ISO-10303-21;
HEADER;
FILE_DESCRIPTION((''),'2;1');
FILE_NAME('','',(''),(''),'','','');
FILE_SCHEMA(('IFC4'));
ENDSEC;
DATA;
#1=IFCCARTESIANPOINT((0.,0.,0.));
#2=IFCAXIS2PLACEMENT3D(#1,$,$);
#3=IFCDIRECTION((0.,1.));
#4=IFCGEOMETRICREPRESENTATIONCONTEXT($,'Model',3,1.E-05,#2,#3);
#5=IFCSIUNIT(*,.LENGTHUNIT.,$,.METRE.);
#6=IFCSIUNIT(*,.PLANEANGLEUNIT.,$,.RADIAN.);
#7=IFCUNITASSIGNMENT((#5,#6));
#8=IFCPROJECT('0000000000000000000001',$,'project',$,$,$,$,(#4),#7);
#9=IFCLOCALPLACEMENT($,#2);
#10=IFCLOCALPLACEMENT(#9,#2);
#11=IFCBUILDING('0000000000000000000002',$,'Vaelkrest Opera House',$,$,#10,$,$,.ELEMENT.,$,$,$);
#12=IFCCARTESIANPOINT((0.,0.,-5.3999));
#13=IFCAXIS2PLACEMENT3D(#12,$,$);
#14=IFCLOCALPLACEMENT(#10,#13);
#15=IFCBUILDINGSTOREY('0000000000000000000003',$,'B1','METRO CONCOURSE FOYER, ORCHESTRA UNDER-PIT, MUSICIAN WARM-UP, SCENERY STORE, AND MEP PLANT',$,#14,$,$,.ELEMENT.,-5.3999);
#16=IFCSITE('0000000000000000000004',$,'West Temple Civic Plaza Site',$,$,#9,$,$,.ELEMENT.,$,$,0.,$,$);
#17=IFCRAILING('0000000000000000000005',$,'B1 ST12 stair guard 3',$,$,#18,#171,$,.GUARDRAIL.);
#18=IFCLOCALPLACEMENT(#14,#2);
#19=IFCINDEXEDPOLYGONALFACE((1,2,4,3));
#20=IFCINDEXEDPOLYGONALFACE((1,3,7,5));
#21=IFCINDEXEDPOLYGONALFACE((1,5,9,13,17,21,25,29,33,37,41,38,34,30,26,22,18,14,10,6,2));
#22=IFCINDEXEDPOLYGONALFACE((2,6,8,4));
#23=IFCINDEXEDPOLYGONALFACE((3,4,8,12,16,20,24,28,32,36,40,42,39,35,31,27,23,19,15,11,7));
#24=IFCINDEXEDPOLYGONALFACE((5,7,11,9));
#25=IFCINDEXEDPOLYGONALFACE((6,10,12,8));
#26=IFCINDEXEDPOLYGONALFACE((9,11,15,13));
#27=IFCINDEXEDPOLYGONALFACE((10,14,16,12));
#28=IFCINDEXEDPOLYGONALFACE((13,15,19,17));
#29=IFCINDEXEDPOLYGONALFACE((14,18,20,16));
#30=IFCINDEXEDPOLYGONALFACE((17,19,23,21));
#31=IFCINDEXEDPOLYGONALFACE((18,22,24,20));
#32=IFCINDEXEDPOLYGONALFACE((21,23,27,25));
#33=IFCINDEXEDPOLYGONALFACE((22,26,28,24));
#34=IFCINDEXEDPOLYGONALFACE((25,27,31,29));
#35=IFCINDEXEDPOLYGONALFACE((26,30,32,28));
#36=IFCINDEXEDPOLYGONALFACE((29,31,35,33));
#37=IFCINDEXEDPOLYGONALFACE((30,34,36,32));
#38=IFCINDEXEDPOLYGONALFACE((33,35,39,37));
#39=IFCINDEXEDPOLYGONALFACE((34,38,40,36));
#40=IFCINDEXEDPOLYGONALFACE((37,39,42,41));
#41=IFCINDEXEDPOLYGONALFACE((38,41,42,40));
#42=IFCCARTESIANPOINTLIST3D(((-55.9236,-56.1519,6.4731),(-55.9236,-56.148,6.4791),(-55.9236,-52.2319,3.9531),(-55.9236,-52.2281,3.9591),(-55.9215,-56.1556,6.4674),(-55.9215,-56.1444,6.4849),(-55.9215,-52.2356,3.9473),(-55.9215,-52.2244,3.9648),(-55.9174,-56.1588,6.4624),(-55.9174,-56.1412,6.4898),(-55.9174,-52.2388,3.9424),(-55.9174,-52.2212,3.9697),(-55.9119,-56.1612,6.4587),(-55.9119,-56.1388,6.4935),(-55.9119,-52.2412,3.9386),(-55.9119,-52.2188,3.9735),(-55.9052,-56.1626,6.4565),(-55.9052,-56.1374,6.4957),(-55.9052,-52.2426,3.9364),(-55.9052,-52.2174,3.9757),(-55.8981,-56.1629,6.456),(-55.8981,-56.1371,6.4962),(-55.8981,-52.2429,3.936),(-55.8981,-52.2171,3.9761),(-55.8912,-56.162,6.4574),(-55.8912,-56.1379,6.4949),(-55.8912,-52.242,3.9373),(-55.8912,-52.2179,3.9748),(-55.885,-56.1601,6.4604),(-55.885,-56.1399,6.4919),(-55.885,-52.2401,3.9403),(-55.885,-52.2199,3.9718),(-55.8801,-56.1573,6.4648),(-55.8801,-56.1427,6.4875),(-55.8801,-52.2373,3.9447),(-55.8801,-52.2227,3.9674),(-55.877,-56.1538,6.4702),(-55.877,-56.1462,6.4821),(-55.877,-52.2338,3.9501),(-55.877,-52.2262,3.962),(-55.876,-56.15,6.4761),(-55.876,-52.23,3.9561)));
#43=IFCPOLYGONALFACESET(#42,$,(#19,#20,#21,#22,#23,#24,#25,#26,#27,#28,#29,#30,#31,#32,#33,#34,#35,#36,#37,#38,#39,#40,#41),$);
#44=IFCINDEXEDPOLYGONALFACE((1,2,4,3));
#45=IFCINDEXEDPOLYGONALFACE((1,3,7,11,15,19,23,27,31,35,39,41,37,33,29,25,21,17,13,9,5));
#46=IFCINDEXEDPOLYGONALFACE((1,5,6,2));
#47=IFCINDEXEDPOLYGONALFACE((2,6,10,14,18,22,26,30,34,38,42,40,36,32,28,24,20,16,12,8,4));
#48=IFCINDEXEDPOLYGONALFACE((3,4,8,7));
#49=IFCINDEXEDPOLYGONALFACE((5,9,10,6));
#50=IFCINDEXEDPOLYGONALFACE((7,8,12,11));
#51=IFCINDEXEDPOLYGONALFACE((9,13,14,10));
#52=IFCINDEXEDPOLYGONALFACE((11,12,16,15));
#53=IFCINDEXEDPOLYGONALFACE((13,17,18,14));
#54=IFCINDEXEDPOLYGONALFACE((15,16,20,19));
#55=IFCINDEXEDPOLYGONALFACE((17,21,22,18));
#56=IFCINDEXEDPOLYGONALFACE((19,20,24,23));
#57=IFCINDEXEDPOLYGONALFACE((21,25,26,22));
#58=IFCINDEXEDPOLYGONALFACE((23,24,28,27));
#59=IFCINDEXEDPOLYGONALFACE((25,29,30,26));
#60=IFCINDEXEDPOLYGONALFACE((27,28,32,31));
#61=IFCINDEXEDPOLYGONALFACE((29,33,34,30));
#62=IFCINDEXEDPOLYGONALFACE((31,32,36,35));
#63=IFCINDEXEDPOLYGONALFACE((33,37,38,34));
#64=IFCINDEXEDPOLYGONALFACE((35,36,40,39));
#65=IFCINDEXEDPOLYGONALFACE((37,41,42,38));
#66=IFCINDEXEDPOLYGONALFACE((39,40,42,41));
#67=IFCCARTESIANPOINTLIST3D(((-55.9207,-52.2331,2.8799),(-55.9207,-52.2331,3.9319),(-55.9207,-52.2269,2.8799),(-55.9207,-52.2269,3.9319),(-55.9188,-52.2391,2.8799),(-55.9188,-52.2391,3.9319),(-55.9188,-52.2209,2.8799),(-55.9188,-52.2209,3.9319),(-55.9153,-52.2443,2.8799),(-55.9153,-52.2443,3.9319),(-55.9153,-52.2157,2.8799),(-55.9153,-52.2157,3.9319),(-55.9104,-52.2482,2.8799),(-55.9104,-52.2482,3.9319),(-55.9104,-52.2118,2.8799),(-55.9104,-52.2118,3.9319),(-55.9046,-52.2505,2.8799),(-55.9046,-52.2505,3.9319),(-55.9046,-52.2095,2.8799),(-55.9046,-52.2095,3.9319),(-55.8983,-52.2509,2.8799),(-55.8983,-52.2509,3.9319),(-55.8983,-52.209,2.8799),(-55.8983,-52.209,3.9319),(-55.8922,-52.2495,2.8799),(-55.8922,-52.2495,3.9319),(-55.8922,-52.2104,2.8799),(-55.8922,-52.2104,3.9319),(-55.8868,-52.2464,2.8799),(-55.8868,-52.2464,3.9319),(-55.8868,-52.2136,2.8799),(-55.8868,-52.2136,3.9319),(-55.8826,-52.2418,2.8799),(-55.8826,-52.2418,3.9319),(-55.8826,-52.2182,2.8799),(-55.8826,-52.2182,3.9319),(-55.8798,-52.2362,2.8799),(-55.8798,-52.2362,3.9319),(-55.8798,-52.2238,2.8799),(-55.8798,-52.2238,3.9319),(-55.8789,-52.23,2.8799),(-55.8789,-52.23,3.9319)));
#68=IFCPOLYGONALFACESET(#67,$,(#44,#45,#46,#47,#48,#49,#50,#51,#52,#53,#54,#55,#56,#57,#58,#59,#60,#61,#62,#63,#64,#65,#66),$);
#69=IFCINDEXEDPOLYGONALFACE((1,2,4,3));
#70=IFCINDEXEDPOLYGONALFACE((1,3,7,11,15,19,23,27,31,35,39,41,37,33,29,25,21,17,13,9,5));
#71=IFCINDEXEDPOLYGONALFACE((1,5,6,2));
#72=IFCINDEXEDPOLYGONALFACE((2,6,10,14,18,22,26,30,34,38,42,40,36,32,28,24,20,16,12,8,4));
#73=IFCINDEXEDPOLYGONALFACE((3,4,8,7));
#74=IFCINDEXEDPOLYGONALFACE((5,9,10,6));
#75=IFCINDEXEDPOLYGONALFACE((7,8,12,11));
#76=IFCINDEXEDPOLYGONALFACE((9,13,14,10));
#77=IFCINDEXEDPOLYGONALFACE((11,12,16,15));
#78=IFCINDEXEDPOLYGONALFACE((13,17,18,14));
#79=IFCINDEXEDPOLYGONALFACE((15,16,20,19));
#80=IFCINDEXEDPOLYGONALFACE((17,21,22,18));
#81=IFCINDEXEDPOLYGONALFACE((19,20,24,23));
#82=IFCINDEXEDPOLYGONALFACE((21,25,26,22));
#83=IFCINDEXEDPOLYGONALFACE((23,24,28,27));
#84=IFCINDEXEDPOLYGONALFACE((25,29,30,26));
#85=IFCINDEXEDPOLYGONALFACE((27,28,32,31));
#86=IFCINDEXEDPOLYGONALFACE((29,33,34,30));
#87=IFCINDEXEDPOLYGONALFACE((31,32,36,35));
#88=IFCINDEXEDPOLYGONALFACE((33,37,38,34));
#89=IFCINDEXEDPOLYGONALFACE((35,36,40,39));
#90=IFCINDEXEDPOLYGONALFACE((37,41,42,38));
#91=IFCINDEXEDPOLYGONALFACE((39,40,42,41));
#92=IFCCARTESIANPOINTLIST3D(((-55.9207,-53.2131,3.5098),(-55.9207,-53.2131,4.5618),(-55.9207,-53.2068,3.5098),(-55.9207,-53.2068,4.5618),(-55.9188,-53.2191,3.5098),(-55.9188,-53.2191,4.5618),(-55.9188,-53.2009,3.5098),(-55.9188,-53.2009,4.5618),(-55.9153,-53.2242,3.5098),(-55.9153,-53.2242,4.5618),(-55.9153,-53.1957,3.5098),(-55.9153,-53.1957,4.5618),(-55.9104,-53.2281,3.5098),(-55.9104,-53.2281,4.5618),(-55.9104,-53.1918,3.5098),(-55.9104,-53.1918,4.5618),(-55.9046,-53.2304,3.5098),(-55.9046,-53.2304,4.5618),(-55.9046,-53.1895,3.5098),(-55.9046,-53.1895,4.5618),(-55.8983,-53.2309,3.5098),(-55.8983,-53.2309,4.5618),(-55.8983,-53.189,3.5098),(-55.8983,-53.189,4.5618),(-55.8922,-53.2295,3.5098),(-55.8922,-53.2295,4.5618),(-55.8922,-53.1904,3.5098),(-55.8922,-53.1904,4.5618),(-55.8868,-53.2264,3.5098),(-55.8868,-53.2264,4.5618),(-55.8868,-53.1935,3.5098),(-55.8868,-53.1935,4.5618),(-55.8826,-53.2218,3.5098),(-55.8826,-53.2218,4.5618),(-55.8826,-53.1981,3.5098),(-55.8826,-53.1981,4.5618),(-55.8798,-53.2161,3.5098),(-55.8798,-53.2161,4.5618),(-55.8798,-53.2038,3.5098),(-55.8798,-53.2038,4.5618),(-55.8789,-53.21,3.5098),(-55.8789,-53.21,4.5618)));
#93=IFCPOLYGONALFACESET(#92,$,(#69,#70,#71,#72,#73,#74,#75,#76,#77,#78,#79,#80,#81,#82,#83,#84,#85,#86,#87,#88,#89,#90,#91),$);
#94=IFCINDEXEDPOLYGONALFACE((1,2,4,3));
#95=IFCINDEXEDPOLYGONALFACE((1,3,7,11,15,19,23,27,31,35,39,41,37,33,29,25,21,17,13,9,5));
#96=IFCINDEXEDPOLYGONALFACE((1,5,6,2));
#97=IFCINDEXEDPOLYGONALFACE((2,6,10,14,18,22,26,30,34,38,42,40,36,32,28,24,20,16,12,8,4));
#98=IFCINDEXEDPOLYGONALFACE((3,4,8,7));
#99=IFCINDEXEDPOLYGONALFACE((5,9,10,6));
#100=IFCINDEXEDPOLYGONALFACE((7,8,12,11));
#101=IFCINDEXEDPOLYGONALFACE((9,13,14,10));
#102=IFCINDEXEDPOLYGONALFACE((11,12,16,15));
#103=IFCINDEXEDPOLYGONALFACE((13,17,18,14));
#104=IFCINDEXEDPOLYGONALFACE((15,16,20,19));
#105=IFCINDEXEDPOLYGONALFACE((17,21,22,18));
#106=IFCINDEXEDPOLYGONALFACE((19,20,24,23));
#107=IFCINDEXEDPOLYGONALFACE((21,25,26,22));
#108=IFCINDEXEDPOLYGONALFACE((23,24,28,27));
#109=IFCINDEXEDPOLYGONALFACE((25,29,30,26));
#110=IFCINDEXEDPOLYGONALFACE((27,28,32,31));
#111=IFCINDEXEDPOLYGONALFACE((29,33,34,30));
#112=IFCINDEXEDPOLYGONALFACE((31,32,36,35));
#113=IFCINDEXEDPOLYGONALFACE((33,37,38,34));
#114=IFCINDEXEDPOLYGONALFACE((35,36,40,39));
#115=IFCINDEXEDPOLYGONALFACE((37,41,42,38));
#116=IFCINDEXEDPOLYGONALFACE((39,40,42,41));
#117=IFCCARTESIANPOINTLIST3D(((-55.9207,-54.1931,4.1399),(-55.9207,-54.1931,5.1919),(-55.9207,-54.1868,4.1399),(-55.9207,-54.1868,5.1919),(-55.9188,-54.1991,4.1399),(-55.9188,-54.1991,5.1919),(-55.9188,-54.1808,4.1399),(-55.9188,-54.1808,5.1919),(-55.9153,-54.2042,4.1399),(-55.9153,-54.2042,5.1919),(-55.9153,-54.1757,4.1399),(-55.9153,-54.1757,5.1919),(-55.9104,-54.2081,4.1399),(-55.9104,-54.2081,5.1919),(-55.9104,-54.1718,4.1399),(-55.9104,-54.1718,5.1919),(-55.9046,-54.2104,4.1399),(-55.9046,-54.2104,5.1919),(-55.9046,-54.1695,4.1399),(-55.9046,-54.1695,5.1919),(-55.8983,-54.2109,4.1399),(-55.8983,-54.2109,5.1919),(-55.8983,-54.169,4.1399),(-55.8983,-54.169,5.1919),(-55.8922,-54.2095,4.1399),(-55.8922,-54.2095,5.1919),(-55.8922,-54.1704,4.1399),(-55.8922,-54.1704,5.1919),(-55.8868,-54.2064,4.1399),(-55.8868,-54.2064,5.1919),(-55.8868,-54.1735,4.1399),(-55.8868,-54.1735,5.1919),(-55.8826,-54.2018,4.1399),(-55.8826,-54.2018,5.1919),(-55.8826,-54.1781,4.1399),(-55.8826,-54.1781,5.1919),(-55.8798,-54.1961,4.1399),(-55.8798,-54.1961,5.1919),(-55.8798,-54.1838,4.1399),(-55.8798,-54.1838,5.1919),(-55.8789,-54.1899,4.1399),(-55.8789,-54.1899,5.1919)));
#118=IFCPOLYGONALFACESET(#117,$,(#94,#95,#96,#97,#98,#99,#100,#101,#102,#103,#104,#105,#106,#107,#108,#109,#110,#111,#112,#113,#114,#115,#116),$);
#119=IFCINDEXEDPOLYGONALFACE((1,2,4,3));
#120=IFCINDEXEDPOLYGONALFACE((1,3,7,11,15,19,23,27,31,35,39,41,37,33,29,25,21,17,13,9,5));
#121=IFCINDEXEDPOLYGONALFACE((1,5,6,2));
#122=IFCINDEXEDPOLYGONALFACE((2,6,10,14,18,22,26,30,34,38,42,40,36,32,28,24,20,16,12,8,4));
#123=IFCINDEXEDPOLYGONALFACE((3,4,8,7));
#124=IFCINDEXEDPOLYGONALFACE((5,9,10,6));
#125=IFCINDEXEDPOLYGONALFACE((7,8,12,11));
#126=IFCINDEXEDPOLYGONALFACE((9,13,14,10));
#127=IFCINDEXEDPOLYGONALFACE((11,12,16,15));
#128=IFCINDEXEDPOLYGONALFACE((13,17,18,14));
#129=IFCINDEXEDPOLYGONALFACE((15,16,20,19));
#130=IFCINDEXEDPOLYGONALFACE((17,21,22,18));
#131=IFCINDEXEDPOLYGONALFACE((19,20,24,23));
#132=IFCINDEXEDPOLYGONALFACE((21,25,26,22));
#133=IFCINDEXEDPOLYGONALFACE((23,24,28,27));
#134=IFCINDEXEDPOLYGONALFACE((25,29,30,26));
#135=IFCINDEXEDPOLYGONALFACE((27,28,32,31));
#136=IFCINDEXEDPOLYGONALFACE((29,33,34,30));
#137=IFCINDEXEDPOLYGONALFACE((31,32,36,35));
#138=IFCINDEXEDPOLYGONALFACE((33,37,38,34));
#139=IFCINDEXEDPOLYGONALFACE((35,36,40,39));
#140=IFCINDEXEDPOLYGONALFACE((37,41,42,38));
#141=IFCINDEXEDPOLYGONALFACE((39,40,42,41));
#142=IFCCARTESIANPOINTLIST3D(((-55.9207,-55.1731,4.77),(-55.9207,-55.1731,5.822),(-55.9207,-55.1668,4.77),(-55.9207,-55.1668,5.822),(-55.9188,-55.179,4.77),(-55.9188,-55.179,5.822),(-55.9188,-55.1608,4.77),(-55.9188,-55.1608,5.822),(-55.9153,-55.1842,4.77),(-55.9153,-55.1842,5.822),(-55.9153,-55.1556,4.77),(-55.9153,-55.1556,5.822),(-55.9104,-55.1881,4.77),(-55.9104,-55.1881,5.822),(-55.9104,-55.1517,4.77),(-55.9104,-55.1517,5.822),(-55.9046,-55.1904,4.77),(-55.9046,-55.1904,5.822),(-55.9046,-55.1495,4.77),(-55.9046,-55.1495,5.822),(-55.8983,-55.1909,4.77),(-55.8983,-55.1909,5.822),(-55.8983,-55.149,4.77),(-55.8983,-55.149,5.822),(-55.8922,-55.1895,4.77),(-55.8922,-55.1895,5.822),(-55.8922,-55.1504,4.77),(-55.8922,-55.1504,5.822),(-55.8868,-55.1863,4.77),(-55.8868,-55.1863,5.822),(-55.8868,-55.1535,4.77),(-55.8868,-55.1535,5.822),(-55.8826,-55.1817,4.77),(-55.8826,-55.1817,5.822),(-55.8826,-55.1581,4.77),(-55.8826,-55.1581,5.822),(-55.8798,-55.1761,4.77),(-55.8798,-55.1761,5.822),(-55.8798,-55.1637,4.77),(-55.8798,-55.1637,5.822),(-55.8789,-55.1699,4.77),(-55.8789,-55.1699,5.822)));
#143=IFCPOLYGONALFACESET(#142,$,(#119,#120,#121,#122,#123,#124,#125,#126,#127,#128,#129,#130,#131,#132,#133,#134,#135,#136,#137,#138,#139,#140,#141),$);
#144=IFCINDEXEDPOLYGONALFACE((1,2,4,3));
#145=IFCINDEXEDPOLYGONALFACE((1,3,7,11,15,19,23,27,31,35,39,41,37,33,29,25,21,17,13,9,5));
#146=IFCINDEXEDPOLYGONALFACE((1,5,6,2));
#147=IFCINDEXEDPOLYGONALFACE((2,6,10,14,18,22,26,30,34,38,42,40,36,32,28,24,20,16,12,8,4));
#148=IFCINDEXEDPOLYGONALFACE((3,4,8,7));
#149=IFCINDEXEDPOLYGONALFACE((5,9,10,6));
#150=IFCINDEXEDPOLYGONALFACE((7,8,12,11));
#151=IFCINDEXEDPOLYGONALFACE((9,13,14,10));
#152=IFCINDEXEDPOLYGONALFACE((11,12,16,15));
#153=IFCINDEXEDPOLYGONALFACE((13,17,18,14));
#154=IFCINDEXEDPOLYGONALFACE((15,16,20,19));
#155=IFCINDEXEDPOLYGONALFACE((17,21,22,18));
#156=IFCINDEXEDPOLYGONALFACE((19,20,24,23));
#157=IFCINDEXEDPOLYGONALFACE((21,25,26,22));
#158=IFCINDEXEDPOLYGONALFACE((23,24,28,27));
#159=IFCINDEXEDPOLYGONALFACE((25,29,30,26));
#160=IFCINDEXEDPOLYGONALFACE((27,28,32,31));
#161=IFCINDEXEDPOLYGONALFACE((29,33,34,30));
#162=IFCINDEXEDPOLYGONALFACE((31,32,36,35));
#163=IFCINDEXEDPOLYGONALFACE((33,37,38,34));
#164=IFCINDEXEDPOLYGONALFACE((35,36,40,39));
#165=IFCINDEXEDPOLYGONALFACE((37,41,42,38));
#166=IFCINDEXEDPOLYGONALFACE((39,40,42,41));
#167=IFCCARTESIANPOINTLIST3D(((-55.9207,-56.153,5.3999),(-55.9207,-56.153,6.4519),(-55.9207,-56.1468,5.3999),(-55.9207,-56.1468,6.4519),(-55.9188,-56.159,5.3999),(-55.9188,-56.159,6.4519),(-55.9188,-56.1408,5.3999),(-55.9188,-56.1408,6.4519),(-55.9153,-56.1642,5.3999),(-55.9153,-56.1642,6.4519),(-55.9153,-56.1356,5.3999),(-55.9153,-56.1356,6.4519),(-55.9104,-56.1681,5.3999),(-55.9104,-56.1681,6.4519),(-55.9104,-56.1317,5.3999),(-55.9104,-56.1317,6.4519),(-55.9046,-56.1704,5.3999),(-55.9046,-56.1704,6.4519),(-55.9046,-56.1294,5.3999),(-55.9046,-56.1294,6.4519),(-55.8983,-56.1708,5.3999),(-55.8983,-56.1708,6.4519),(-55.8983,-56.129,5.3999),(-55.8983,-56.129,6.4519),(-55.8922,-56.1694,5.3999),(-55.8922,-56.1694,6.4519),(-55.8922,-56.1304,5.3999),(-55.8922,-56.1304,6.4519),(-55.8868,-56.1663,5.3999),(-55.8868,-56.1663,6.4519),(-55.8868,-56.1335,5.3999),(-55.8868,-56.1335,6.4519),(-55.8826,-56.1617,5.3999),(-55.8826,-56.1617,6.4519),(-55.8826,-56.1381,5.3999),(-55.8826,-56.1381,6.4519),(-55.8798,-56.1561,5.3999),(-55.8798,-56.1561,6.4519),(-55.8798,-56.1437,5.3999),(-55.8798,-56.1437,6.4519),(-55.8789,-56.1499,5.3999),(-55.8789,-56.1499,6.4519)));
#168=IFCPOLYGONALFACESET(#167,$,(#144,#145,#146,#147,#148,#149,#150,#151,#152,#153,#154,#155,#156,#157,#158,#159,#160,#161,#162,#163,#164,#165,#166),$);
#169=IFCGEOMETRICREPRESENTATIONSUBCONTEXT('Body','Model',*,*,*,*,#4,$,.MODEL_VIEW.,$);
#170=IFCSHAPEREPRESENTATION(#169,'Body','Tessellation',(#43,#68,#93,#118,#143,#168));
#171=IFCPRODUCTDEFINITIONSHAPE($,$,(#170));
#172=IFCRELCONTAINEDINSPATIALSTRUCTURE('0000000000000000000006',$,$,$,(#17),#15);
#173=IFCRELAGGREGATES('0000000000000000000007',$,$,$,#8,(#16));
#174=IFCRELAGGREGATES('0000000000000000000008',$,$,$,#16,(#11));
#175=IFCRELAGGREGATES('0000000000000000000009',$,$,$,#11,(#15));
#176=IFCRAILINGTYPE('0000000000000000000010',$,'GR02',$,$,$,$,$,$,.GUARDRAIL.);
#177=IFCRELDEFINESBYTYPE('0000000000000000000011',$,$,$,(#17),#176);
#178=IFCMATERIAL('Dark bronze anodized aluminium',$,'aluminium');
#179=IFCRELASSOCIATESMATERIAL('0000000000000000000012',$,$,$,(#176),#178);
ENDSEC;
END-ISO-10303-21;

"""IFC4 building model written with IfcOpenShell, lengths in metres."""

from ifc_helpers import new_model, si_unit, direction, frame, origin, origin_2d, place, context, subcontext, project, spatial, circle, extrude, material, type_object, element, save


model = new_model("IFC4")

# Units and contexts
model_context = context("Model", 3, precision=1e-05, world=origin(), true_north=direction((0.0, 1.0)))
body_context = subcontext(model_context, "Body", "Model", "MODEL_VIEW")
ifc_project = project(units=[si_unit("LENGTHUNIT", "METRE"), si_unit("PLANEANGLEUNIT", "RADIAN")], contexts=[model_context])

# Site, building, storey
site_placement = place(None, origin())
site = spatial("IfcSite", under=ifc_project, at=site_placement, Name="West Temple Civic Plaza Site", CompositionType="ELEMENT", RefElevation=0.0)
building_placement = place(site_placement, origin())
building = spatial("IfcBuilding", under=site, at=building_placement, Name="Vaelkrest Opera House", CompositionType="ELEMENT")
storey_placement = place(building_placement, frame((0.0, 0.0, -5.3999)))
storey = spatial("IfcBuildingStorey", under=building, at=storey_placement, Name="B1", Description="METRO CONCOURSE FOYER, ORCHESTRA UNDER-PIT, MUSICIAN WARM-UP, SCENERY STORE, AND MEP PLANT", CompositionType="ELEMENT", Elevation=-5.3999)

# Railing
ifc_material_1 = material(Name="Dark bronze anodized aluminium", Category="aluminium")
railing_type_1 = type_object("IfcRailingType", Name="GR02", PredefinedType="GUARDRAIL", material=ifc_material_1)
railing_1_placement = place(storey_placement, frame((-55.8999, -52.23, 2.8799)))
element("IfcRailing", 1, at=railing_1_placement, inside=storey, type_object=railing_type_1, Name="B1 ST12 stair guard 3", PredefinedType="GUARDRAIL", context=body_context, shape_type="SweptSolid", body=[
    extrude(circle(Radius=0.0239, at=origin_2d()), frame((0.0, 0.0, 1.0762), z_axis=(0.0, -0.841172, 0.540768), x_axis=(1.0, 0.0, 0.0)), (0.0, 0.0, 1.0), 4.6602),
    extrude(circle(Radius=0.021, at=origin_2d()), origin(), (0.0, 0.0, 1.0), 1.052),
    extrude(circle(Radius=0.021, at=origin_2d()), frame((0.0, -0.98, 0.6299)), (0.0, 0.0, 1.0), 1.052),
    extrude(circle(Radius=0.021, at=origin_2d()), frame((0.0, -1.96, 1.26)), (0.0, 0.0, 1.0), 1.052),
    extrude(circle(Radius=0.021, at=origin_2d()), frame((0.0, -2.9399, 1.8901)), (0.0, 0.0, 1.0), 1.052),
    extrude(circle(Radius=0.021, at=origin_2d()), frame((0.0, -3.9199, 2.52)), (0.0, 0.0, 1.0), 1.052),
])

save(model, "model.ifc")
